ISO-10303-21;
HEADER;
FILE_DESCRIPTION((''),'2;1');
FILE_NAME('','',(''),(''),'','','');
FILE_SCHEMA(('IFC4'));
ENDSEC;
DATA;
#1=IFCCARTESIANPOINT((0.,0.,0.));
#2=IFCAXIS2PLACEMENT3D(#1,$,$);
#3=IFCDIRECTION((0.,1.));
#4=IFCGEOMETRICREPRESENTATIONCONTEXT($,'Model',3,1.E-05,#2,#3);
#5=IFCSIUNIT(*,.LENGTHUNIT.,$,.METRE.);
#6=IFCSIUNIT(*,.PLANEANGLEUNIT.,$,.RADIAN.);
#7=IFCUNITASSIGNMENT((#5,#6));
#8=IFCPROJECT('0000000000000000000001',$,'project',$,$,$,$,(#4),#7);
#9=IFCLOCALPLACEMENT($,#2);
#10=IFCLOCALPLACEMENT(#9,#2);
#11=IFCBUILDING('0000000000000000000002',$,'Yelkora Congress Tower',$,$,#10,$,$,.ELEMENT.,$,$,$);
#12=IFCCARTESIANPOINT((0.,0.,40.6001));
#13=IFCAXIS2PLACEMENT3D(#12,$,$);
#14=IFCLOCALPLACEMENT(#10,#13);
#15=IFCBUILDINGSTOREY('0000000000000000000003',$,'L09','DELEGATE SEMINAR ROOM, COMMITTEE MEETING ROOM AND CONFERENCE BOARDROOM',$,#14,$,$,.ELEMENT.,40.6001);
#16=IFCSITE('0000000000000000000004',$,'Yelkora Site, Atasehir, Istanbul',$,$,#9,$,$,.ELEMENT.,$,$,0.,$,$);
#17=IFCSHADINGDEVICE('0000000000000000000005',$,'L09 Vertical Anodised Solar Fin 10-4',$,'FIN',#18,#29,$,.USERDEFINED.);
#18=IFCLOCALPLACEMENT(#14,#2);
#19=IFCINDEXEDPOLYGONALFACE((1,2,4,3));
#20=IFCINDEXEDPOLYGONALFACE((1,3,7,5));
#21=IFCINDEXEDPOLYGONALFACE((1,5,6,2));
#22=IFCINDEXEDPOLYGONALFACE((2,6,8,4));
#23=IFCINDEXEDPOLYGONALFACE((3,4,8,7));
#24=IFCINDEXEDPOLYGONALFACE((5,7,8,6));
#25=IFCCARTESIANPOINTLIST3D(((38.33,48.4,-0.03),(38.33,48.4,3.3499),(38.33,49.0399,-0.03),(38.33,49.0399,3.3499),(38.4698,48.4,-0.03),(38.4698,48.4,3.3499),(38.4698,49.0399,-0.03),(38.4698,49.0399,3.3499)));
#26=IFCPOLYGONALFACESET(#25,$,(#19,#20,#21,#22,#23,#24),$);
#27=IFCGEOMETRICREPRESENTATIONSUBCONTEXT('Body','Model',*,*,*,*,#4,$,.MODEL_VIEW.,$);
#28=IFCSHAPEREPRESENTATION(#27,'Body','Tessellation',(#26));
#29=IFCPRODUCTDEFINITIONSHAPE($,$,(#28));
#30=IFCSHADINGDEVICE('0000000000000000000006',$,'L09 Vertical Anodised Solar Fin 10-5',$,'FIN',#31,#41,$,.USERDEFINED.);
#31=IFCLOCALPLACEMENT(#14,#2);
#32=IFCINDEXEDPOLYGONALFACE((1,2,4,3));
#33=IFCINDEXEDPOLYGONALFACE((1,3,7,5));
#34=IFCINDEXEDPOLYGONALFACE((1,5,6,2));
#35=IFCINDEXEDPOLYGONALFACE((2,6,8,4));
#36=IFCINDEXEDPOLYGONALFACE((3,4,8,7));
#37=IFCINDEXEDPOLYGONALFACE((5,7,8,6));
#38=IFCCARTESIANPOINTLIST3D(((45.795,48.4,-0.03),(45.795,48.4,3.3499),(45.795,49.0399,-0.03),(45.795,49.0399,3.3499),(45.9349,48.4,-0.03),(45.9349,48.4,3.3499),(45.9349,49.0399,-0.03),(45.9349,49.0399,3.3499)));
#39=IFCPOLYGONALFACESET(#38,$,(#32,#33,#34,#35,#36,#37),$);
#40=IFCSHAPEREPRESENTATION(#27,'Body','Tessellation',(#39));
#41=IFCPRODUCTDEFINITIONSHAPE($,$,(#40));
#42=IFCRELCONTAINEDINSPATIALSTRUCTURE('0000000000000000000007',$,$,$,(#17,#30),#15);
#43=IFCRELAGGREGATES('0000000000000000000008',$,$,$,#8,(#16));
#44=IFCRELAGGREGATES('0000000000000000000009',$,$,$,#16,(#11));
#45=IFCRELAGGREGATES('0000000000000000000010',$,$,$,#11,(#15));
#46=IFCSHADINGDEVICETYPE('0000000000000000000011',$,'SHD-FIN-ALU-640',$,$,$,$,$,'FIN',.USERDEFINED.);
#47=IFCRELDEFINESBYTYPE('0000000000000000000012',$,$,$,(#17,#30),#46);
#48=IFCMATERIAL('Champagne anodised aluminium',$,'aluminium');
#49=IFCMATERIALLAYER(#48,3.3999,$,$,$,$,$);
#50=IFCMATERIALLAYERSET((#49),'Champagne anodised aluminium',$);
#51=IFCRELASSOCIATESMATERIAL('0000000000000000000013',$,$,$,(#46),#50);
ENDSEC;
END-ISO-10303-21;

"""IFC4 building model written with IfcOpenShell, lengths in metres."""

from ifc_helpers import new_model, si_unit, direction, frame, origin, origin_2d, place, context, subcontext, project, spatial, rectangle, extrude, material, layer, layer_set, type_object, element, save


model = new_model("IFC4")

# Units and contexts
model_context = context("Model", 3, precision=1e-05, world=origin(), true_north=direction((0.0, 1.0)))
body_context = subcontext(model_context, "Body", "Model", "MODEL_VIEW")
ifc_project = project(units=[si_unit("LENGTHUNIT", "METRE"), si_unit("PLANEANGLEUNIT", "RADIAN")], contexts=[model_context])

# Site, building, storey
site_placement = place(None, origin())
site = spatial("IfcSite", under=ifc_project, at=site_placement, Name="Yelkora Site, Atasehir, Istanbul", CompositionType="ELEMENT", RefElevation=0.0)
building_placement = place(site_placement, origin())
building = spatial("IfcBuilding", under=site, at=building_placement, Name="Yelkora Congress Tower", CompositionType="ELEMENT")
storey_placement = place(building_placement, frame((0.0, 0.0, 40.6001)))
storey = spatial("IfcBuildingStorey", under=building, at=storey_placement, Name="L09", Description="DELEGATE SEMINAR ROOM, COMMITTEE MEETING ROOM AND CONFERENCE BOARDROOM", CompositionType="ELEMENT", Elevation=40.6001)

# Shading devices
ifc_material_1 = material(Name="Champagne anodised aluminium", Category="aluminium")
ifc_layer_1 = layer(ifc_material_1, 3.3999)
ifc_layer_set_1 = layer_set([ifc_layer_1], Name="Champagne anodised aluminium")
shading_device_type = type_object("IfcShadingDeviceType", Name="SHD-FIN-ALU-640", ElementType="FIN", PredefinedType="USERDEFINED", material=ifc_layer_set_1)
for number, where, z_axis, x_axis, name in (
    (1, (38.3999, 48.72, -0.03), (0.0, 0.0, 1.0), (1.0, 0.0, 0.0), "L09 Vertical Anodised Solar Fin 10-4"),
    (2, (45.865, 48.72, -0.03), (0.0, 0.0, 1.0), (1.0, 0.0, 0.0), "L09 Vertical Anodised Solar Fin 10-5"),
):
    element("IfcShadingDevice", number, at=place(storey_placement, frame(where, z_axis=z_axis, x_axis=x_axis)), inside=storey, type_object=shading_device_type, Name=name, ObjectType="FIN", PredefinedType="USERDEFINED", context=body_context, shape_type="SweptSolid", body=[
        extrude(rectangle(XDim=0.1399, YDim=0.6399, at=origin_2d()), origin(), (0.0, 0.0, 1.0), 3.3799),
    ])

save(model, "model.ifc")
